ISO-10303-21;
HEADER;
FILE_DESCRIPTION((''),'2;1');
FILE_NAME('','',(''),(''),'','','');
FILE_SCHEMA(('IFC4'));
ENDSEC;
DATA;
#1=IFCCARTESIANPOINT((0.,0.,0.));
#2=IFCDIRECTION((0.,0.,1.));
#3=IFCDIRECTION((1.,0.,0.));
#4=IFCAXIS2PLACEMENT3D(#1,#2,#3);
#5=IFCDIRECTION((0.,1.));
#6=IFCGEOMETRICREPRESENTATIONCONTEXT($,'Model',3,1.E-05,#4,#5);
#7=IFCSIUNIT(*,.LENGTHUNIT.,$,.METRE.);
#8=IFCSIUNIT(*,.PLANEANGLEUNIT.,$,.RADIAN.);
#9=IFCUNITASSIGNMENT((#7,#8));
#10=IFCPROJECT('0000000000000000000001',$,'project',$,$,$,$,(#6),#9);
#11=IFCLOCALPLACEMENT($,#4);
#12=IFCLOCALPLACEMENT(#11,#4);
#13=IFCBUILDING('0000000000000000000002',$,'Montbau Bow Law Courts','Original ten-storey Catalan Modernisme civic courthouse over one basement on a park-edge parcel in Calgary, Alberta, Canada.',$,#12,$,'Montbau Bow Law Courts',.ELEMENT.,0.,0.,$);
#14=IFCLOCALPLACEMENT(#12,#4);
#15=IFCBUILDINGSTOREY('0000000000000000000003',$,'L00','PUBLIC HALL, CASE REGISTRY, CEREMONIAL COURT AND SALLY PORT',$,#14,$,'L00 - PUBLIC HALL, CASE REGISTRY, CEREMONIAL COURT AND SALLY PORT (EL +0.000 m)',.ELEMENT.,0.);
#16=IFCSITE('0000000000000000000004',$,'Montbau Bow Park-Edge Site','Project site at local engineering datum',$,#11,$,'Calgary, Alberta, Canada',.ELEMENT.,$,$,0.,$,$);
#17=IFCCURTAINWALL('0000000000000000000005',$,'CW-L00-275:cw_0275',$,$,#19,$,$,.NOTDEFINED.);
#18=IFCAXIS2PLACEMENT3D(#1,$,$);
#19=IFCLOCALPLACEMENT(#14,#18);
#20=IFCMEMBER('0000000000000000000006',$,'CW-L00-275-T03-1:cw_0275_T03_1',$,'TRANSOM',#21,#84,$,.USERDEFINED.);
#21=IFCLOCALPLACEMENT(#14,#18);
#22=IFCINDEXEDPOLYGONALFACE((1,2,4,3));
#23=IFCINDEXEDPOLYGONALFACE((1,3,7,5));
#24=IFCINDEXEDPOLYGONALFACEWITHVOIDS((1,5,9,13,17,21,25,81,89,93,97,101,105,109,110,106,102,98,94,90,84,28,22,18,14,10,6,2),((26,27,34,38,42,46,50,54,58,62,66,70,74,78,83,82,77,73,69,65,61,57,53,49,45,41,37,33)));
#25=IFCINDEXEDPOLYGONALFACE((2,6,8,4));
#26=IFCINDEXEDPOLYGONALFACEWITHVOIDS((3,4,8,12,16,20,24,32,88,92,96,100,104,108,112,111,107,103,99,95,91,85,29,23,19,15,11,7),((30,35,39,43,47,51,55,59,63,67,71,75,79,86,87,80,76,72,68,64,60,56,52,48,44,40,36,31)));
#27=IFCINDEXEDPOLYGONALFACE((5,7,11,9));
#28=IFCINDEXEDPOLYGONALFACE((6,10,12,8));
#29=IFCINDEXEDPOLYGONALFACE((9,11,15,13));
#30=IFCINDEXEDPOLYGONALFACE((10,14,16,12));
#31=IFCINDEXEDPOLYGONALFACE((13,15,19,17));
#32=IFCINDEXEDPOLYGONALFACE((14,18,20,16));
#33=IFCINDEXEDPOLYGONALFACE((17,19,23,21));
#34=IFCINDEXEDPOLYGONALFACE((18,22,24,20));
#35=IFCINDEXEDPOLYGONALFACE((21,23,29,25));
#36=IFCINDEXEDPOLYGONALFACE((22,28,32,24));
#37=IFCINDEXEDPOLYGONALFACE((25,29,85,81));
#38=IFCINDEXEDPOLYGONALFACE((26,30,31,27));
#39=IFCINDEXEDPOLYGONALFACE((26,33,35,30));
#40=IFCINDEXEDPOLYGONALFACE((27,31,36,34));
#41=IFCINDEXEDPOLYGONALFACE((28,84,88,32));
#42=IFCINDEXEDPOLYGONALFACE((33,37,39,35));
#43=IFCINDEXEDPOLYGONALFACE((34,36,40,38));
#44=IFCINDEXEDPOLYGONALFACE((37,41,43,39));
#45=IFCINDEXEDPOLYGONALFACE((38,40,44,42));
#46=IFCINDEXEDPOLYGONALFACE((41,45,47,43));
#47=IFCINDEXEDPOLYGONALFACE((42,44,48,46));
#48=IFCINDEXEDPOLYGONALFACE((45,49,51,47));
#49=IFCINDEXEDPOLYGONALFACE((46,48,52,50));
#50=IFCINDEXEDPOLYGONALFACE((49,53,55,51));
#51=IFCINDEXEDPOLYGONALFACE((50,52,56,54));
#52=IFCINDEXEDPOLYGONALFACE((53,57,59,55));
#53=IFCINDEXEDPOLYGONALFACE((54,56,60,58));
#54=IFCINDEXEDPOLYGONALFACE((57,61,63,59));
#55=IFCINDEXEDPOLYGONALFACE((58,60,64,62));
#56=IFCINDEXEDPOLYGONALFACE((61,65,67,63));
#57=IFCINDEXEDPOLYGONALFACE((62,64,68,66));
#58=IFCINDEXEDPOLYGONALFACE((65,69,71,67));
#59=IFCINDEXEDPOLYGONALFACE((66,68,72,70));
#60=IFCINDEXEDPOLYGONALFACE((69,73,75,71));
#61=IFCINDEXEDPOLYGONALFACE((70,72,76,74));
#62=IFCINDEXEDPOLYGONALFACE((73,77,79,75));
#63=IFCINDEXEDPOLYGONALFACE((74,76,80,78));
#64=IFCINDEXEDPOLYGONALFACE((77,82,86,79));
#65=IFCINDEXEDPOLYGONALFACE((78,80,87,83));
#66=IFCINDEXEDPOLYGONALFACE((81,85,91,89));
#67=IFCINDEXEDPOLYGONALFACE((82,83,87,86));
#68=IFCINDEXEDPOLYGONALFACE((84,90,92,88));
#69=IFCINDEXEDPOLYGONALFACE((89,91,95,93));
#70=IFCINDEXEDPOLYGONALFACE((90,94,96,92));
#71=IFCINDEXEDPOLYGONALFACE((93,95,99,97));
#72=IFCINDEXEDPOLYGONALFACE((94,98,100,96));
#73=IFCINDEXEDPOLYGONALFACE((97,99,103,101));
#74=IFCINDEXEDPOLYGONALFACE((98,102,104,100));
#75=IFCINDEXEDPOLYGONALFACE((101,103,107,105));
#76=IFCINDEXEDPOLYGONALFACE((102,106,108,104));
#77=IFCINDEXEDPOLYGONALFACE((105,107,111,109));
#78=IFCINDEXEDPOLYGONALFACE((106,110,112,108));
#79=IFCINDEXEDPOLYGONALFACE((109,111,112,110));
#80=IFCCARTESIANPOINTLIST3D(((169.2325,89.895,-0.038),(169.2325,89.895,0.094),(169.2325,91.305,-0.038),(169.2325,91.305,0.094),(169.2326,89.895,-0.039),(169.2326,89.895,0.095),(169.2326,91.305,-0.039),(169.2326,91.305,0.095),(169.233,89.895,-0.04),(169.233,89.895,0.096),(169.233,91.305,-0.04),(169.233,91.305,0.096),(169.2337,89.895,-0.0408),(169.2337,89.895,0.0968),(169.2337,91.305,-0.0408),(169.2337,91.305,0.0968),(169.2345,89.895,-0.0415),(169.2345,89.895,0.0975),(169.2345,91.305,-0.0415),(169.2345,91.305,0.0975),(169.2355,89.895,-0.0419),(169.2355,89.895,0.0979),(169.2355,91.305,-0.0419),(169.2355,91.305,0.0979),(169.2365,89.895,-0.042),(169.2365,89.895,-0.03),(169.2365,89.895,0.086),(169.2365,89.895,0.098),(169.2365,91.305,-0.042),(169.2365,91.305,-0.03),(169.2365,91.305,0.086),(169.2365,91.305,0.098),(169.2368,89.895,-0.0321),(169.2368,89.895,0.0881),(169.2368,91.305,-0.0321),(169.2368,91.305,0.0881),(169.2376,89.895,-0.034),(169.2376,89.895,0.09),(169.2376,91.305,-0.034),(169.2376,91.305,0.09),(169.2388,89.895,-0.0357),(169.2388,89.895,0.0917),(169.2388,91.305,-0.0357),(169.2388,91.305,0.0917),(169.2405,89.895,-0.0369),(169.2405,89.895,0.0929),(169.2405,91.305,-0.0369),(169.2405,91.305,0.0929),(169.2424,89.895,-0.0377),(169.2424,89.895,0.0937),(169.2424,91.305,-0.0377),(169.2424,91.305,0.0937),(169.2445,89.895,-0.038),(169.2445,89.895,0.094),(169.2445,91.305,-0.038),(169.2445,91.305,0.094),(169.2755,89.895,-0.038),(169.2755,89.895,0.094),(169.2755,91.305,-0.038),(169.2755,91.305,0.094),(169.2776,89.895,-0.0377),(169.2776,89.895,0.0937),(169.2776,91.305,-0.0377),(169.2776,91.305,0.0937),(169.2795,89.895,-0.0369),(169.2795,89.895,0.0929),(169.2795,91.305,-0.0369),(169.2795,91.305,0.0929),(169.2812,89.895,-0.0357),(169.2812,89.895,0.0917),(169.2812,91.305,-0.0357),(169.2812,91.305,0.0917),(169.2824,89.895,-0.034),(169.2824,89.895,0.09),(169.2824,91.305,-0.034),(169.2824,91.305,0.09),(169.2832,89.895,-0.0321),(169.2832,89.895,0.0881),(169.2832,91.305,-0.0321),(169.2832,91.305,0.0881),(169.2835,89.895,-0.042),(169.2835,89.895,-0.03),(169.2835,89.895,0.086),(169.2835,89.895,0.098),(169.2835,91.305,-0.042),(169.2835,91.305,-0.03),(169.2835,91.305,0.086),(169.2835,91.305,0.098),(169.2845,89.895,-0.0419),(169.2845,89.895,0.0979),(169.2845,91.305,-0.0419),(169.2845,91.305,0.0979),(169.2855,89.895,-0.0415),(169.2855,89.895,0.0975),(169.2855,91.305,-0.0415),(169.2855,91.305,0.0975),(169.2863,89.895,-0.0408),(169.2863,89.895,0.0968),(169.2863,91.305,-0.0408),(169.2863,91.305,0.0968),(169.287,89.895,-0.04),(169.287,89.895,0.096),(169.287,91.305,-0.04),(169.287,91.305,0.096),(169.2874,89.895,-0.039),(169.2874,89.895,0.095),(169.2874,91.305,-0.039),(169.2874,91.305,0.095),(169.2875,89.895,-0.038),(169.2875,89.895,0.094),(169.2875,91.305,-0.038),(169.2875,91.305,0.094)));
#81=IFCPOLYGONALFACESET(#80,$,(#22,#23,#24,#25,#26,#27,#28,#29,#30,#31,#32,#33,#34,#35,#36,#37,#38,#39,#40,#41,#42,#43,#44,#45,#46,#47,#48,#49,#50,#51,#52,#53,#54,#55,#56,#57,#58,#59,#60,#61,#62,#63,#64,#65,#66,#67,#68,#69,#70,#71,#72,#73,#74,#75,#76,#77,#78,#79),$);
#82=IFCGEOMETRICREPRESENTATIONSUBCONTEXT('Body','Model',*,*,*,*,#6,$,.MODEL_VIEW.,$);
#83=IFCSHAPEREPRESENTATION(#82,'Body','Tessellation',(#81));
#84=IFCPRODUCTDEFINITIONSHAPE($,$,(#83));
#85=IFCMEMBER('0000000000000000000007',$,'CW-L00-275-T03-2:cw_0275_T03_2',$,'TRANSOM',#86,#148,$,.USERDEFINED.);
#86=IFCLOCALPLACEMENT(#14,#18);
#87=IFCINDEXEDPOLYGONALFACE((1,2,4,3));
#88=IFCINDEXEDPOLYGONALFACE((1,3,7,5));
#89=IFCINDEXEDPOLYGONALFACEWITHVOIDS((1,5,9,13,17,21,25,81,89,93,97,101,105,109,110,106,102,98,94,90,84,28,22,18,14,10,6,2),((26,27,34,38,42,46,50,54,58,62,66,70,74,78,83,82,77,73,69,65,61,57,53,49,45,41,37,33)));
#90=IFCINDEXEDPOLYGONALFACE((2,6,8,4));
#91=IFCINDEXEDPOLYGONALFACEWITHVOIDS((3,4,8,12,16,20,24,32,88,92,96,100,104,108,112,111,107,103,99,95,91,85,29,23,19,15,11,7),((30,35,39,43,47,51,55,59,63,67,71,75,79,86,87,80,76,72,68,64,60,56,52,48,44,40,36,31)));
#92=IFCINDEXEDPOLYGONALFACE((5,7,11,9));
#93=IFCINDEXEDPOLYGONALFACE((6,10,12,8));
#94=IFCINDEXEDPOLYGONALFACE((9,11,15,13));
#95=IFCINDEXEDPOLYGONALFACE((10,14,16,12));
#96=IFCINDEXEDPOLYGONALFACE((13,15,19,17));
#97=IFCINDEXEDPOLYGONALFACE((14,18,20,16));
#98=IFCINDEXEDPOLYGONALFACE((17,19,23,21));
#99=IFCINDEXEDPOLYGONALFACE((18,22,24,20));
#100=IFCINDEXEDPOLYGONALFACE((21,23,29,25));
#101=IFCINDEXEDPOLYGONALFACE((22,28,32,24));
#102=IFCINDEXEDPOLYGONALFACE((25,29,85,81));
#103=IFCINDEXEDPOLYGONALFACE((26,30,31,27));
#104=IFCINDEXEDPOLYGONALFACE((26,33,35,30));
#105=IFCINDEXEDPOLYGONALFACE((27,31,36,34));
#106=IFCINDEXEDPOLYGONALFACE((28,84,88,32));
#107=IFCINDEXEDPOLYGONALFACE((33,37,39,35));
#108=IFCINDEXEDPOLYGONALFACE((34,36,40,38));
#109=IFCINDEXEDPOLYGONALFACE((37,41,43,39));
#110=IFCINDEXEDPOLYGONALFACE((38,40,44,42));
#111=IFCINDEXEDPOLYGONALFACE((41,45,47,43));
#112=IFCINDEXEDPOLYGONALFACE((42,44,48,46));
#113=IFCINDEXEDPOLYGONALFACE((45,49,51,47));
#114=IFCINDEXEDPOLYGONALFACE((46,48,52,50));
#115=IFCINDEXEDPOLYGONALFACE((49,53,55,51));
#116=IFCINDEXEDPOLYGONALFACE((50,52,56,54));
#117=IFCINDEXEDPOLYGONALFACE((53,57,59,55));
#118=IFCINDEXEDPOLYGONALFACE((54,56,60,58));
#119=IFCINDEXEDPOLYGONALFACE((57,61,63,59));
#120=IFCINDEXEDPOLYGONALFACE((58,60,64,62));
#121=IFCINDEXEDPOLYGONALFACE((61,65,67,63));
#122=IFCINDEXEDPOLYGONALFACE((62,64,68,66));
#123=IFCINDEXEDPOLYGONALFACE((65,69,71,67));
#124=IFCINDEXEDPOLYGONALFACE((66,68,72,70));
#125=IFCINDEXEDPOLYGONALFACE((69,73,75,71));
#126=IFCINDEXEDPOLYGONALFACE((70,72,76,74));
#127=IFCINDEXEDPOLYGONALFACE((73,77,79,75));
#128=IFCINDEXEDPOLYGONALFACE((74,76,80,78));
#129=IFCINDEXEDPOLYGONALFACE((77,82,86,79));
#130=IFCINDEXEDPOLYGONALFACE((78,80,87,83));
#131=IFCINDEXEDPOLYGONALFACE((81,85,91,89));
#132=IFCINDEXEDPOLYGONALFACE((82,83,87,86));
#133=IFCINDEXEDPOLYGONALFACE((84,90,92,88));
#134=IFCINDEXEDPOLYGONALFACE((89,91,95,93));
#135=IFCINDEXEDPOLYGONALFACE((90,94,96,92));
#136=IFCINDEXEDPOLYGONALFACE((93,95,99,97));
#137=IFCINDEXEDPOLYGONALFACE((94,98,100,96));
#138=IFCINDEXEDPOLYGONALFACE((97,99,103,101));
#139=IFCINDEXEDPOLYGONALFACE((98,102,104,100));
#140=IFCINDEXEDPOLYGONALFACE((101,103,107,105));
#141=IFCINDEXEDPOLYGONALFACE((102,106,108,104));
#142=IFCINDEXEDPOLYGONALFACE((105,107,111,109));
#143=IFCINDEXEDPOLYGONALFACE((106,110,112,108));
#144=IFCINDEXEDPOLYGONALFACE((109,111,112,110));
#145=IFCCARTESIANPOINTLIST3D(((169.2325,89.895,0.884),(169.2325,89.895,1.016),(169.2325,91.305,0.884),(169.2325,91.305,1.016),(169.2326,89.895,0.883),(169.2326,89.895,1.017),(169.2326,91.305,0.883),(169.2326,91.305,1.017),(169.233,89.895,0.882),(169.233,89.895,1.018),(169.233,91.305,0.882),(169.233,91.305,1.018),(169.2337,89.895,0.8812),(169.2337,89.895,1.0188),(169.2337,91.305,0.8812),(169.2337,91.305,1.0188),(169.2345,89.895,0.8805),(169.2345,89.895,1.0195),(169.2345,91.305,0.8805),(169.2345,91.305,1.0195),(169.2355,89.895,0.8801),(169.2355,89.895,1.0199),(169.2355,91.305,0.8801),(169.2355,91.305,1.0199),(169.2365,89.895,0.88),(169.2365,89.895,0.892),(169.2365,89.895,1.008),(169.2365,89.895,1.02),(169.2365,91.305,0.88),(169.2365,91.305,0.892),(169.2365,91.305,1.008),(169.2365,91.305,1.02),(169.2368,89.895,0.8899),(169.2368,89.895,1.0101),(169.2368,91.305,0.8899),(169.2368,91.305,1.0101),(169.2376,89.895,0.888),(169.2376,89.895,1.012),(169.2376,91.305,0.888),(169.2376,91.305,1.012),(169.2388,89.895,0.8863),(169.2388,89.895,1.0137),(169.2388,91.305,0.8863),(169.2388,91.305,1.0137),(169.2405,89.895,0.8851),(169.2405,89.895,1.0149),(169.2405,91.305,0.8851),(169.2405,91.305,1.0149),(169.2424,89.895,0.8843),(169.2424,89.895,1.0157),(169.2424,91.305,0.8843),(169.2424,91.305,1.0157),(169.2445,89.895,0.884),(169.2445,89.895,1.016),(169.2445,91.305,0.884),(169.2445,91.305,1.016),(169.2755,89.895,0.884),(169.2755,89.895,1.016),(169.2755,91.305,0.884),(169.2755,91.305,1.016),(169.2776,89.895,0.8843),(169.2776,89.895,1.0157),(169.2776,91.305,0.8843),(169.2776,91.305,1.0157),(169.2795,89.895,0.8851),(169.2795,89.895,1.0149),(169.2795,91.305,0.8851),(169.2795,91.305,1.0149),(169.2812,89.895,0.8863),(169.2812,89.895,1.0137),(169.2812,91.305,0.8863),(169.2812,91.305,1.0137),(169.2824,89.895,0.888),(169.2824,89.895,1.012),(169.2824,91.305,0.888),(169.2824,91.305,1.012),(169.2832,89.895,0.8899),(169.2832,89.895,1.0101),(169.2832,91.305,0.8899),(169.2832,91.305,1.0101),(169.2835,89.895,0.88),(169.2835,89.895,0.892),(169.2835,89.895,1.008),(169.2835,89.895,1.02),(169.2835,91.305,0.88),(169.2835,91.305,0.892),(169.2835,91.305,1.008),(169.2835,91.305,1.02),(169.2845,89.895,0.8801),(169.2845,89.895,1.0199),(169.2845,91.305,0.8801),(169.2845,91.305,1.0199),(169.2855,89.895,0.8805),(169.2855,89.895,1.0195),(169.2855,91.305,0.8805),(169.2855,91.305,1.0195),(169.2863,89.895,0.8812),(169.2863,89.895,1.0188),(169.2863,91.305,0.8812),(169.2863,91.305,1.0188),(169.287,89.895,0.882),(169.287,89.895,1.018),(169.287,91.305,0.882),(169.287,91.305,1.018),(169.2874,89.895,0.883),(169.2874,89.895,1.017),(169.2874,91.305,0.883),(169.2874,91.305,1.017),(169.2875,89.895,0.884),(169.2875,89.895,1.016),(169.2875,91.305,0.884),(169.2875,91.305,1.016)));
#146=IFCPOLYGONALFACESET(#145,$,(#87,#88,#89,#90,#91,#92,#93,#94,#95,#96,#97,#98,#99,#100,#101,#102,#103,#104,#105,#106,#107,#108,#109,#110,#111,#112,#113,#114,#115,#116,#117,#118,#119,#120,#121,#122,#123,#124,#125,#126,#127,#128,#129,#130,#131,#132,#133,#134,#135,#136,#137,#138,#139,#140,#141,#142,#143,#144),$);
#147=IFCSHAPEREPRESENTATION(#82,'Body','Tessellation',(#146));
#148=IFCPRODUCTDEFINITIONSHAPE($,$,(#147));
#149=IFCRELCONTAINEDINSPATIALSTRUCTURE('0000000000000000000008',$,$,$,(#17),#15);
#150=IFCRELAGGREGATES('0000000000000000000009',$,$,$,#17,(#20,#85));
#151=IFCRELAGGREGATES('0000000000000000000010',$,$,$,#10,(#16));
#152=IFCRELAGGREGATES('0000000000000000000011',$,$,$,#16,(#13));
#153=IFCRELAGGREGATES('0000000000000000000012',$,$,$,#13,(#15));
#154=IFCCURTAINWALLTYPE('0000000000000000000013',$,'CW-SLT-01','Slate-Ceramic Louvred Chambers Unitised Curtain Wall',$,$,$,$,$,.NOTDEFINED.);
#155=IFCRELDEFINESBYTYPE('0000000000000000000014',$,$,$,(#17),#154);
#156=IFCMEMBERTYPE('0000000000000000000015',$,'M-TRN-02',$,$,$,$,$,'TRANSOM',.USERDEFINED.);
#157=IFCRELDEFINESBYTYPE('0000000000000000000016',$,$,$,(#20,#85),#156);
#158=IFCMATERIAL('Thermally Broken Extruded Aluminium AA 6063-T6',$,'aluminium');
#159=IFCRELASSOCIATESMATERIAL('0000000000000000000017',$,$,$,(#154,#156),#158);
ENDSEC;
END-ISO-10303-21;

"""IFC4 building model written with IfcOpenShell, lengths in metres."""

from ifc_helpers import new_model, si_unit, direction, frame, origin_with_axes, origin_2d_with_axis, place, context, subcontext, project, spatial, hollow_rectangle, extrude, material, material_profile, profile_set, type_object, element, aggregate, save


model = new_model("IFC4")

# Units and contexts
model_context = context("Model", 3, precision=1e-05, world=origin_with_axes(), true_north=direction((0.0, 1.0)))
body_context = subcontext(model_context, "Body", "Model", "MODEL_VIEW")
ifc_project = project(units=[si_unit("LENGTHUNIT", "METRE"), si_unit("PLANEANGLEUNIT", "RADIAN")], contexts=[model_context])

# Site, building, storey
site_placement = place(None, origin_with_axes())
site = spatial("IfcSite", under=ifc_project, at=site_placement, Name="Montbau Bow Park-Edge Site", Description="Project site at local engineering datum", LongName="Calgary, Alberta, Canada", CompositionType="ELEMENT", RefElevation=0.0)
building_placement = place(site_placement, origin_with_axes())
building = spatial("IfcBuilding", under=site, at=building_placement, Name="Montbau Bow Law Courts", Description="Original ten-storey Catalan Modernisme civic courthouse over one basement on a park-edge parcel in Calgary, Alberta, Canada.", LongName="Montbau Bow Law Courts", CompositionType="ELEMENT", ElevationOfRefHeight=0.0, ElevationOfTerrain=0.0)
storey_placement = place(building_placement, origin_with_axes())
storey = spatial("IfcBuildingStorey", under=building, at=storey_placement, Name="L00", Description="PUBLIC HALL, CASE REGISTRY, CEREMONIAL COURT AND SALLY PORT", LongName="L00 - PUBLIC HALL, CASE REGISTRY, CEREMONIAL COURT AND SALLY PORT (EL +0.000 m)", CompositionType="ELEMENT", Elevation=0.0)

# Curtain wall, members
ifc_material_1 = material(Name="Thermally Broken Extruded Aluminium AA 6063-T6", Category="aluminium")
curtain_wall_type = type_object("IfcCurtainWallType", Name="CW-SLT-01", Description="Slate-Ceramic Louvred Chambers Unitised Curtain Wall", PredefinedType="NOTDEFINED", material=ifc_material_1)
curtain_wall_placement = place(None, frame((169.26, 86.915, 0.0), z_axis=(0.0, 0.0, 1.0), x_axis=(1.0, 0.0, 0.0)))
curtain_wall = element("IfcCurtainWall", 1, at=curtain_wall_placement, inside=storey, type_object=curtain_wall_type, Name="CW-L00-275:cw_0275", PredefinedType="NOTDEFINED")
ifc_material_profile_1 = material_profile(ifc_material_1, hollow_rectangle(XDim=0.055, YDim=0.14, WallThickness=0.004, InnerFilletRadius=0.008, OuterFilletRadius=0.004, at=origin_2d_with_axis()), Name="CWT-140X55", Category="Main", Priority=0)
ifc_profile_set_1 = profile_set([ifc_material_profile_1], Name="Thermally Broken Extruded Aluminium AA 6063-T6")
member_type_1 = type_object("IfcMemberType", Name="M-TRN-02", ElementType="TRANSOM", PredefinedType="USERDEFINED", material=ifc_profile_set_1)
member_1_placement = place(None, frame((169.26, 89.895, 0.028), z_axis=(0.0, 1.0, 0.0), x_axis=(-1.0, 0.0, 0.0)))
member_1 = element("IfcMember", 2, at=member_1_placement, type_object=member_type_1, Name="CW-L00-275-T03-1:cw_0275_T03_1", ObjectType="TRANSOM", PredefinedType="USERDEFINED", context=body_context, shape_type="SweptSolid", body=[
    extrude(hollow_rectangle(XDim=0.055, YDim=0.14, WallThickness=0.004, InnerFilletRadius=0.008, OuterFilletRadius=0.004, at=origin_2d_with_axis()), origin_with_axes(), (0.0, 0.0, 1.0), 1.41),
])
member_2_placement = place(None, frame((169.26, 89.895, 0.95), z_axis=(0.0, 1.0, 0.0), x_axis=(-1.0, 0.0, 0.0)))
member_2 = element("IfcMember", 3, at=member_2_placement, type_object=member_type_1, Name="CW-L00-275-T03-2:cw_0275_T03_2", ObjectType="TRANSOM", PredefinedType="USERDEFINED", context=body_context, shape_type="SweptSolid", body=[
    extrude(hollow_rectangle(XDim=0.055, YDim=0.14, WallThickness=0.004, InnerFilletRadius=0.008, OuterFilletRadius=0.004, at=origin_2d_with_axis()), origin_with_axes(), (0.0, 0.0, 1.0), 1.41),
])

aggregate(curtain_wall, [member_1, member_2])

save(model, "model.ifc")
